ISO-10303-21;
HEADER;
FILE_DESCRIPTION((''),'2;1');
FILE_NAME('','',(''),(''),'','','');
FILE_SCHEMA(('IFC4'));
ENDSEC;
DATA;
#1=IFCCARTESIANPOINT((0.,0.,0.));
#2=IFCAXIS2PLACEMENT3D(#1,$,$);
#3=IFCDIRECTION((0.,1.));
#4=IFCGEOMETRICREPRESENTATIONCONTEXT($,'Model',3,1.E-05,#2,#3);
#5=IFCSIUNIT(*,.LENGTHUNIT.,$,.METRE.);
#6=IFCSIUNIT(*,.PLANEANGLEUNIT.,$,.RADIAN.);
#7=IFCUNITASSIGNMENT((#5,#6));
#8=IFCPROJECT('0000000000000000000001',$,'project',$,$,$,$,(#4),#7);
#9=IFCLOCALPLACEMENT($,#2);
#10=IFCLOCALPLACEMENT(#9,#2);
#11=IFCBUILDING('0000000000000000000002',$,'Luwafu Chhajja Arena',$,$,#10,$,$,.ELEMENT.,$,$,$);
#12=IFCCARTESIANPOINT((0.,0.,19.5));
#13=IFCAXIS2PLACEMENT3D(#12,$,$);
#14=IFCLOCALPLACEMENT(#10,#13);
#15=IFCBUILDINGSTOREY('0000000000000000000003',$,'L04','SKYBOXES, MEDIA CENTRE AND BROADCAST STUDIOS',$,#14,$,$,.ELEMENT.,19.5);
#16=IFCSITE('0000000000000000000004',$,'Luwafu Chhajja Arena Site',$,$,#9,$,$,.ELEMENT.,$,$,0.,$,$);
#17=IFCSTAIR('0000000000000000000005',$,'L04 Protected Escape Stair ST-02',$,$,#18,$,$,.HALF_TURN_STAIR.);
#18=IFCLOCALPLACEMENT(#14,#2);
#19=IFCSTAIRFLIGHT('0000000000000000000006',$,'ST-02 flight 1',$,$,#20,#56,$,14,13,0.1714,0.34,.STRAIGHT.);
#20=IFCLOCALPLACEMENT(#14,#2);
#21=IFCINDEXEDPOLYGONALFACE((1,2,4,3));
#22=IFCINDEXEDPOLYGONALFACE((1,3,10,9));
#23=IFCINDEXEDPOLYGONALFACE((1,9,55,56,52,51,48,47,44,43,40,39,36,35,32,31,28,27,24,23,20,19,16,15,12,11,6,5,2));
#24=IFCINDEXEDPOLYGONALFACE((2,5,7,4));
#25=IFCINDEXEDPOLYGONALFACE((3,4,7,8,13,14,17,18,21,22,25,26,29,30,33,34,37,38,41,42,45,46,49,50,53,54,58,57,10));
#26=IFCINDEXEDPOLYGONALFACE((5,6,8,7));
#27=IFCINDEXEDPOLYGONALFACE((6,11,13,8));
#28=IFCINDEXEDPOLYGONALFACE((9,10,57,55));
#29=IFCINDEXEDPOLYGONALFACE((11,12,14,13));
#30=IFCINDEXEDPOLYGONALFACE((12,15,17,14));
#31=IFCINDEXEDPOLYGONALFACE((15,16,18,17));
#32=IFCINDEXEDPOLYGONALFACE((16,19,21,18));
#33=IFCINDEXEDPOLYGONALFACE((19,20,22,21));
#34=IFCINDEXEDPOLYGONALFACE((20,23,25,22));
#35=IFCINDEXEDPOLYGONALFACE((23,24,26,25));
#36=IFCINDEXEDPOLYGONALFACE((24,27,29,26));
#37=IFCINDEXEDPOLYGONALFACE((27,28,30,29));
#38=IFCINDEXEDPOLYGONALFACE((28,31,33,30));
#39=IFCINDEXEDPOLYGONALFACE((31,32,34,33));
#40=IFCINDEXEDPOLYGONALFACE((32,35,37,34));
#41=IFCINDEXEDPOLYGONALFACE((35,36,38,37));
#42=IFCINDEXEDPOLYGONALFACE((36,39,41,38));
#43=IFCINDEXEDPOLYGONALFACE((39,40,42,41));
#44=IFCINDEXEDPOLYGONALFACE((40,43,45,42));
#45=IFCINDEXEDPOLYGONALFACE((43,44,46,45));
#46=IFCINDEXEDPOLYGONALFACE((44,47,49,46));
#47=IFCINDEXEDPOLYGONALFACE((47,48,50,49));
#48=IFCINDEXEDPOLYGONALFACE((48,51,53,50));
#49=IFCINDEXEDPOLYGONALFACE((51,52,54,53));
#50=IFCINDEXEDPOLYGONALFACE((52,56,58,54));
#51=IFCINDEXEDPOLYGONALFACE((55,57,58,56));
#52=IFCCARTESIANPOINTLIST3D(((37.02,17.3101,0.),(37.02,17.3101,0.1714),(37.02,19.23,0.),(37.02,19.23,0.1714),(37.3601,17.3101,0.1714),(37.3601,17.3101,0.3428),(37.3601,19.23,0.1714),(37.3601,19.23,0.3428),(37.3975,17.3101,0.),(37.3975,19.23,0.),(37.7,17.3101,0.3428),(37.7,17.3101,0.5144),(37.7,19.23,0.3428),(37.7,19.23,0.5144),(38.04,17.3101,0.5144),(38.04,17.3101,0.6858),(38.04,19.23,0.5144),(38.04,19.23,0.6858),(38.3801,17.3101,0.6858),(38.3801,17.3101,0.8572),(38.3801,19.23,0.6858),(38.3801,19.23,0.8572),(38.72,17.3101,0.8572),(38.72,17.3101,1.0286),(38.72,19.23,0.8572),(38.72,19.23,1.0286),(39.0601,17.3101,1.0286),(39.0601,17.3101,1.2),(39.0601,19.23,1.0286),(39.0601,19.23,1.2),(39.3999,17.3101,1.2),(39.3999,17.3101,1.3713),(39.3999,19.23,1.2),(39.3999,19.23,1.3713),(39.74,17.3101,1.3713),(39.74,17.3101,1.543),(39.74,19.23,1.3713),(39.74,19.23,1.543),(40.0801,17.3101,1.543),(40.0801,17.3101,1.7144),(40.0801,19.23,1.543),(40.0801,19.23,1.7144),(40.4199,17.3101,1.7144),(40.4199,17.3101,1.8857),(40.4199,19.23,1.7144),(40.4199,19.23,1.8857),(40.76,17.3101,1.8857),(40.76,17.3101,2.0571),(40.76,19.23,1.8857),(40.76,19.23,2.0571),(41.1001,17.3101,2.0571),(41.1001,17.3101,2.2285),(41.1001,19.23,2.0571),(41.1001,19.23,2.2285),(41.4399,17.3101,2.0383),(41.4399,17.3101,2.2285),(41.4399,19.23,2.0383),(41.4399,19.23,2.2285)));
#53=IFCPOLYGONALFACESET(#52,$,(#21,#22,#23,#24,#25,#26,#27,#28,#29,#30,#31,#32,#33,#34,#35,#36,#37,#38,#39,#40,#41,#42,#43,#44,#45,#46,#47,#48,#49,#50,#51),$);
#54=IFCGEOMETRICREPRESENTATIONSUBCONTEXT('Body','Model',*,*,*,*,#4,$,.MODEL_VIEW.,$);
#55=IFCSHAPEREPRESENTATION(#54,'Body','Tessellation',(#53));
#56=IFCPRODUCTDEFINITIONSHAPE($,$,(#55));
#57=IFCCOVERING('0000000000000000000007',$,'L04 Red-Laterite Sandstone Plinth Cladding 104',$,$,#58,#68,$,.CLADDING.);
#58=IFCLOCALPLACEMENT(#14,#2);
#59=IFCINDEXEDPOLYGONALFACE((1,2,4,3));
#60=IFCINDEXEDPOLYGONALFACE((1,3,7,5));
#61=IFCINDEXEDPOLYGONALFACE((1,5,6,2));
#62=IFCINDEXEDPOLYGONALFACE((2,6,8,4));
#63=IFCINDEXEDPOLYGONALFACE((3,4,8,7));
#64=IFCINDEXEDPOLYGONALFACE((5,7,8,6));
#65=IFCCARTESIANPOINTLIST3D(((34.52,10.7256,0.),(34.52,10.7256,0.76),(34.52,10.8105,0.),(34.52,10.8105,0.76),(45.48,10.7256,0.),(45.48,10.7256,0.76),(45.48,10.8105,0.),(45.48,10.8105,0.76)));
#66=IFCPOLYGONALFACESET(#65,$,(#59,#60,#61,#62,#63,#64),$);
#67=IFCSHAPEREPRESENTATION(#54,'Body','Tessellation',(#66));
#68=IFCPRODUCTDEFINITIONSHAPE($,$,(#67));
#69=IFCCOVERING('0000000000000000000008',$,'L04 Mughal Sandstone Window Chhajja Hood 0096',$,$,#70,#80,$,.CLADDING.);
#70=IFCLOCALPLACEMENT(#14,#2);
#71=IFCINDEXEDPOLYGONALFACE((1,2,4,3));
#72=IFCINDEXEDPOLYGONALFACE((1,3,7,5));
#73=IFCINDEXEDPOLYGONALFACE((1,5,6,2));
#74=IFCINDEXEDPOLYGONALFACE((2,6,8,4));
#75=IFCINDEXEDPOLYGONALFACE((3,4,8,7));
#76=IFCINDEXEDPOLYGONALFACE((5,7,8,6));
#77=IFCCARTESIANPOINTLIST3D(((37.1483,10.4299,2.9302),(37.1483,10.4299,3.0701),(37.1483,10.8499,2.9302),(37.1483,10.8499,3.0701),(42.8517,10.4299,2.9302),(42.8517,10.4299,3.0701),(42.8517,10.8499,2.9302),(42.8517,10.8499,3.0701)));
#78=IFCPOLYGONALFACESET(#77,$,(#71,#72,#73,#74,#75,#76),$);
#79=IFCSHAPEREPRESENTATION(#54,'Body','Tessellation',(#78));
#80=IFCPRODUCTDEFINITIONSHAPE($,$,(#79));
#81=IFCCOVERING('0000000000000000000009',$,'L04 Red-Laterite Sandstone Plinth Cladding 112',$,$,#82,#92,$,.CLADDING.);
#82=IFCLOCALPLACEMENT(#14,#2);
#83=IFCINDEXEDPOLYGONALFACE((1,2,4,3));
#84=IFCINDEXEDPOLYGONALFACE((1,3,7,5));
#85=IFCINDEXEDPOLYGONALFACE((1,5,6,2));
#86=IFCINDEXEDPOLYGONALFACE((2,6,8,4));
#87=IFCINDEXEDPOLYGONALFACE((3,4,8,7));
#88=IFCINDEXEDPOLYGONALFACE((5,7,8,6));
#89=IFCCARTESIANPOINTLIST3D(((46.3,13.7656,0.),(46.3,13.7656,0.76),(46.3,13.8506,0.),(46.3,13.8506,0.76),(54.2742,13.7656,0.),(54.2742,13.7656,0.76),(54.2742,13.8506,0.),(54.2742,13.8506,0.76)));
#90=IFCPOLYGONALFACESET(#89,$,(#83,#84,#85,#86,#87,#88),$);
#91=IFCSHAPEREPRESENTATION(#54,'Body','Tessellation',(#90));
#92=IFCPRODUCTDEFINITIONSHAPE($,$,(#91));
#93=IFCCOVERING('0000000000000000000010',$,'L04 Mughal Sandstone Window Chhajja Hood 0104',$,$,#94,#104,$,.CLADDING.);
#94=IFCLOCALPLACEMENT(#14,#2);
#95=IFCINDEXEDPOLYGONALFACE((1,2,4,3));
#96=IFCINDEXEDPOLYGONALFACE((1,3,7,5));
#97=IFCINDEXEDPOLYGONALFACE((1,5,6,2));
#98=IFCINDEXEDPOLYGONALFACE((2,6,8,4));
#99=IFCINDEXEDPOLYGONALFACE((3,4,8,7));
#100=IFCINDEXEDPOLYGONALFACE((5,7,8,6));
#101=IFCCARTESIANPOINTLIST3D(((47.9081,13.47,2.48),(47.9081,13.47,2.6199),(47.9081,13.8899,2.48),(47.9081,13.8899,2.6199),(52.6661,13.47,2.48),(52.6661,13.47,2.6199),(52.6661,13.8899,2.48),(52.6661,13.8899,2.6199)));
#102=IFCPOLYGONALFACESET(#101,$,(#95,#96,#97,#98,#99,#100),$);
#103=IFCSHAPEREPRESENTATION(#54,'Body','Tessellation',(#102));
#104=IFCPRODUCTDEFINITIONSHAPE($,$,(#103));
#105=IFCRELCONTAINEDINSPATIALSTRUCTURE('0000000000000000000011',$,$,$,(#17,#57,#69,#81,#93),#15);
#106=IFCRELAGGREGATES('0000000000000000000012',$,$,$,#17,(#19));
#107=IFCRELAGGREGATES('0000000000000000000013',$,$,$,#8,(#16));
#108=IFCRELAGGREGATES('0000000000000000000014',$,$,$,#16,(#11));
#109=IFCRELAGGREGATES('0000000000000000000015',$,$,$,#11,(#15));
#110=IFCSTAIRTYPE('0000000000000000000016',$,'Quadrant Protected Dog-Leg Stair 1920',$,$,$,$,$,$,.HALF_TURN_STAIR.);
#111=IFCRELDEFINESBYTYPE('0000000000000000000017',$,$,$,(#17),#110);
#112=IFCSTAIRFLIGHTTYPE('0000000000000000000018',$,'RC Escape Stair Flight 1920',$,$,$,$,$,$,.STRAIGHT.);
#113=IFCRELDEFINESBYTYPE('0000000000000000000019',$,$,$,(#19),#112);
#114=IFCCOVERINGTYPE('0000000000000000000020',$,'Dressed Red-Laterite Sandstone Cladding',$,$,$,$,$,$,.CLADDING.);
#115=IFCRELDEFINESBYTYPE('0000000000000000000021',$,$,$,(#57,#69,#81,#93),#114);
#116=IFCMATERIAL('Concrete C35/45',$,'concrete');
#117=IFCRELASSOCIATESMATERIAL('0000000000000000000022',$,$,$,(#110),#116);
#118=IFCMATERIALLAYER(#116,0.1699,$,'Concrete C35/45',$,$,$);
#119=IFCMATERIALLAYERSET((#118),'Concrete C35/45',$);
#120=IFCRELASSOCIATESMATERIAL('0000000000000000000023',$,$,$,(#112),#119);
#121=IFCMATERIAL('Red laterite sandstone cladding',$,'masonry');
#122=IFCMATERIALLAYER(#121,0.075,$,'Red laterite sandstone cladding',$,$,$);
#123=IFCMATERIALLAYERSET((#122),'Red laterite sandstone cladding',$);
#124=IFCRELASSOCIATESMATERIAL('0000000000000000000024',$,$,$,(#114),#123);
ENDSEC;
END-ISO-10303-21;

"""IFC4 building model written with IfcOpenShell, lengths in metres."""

from ifc_helpers import new_model, si_unit, direction, frame, origin, origin_2d, place, context, subcontext, project, spatial, polyline, rectangle, outline, extrude, material, layer, layer_set, type_object, element, aggregate, save


model = new_model("IFC4")

# Units and contexts
model_context = context("Model", 3, precision=1e-05, world=origin(), true_north=direction((0.0, 1.0)))
body_context = subcontext(model_context, "Body", "Model", "MODEL_VIEW")
ifc_project = project(units=[si_unit("LENGTHUNIT", "METRE"), si_unit("PLANEANGLEUNIT", "RADIAN")], contexts=[model_context])

# Site, building, storey
site_placement = place(None, origin())
site = spatial("IfcSite", under=ifc_project, at=site_placement, Name="Luwafu Chhajja Arena Site", CompositionType="ELEMENT", RefElevation=0.0)
building_placement = place(site_placement, origin())
building = spatial("IfcBuilding", under=site, at=building_placement, Name="Luwafu Chhajja Arena", CompositionType="ELEMENT")
storey_placement = place(building_placement, frame((0.0, 0.0, 19.5)))
storey = spatial("IfcBuildingStorey", under=building, at=storey_placement, Name="L04", Description="SKYBOXES, MEDIA CENTRE AND BROADCAST STUDIOS", CompositionType="ELEMENT", Elevation=19.5)

# Shared definitions
ifc_material_1 = material(Name="Concrete C35/45", Category="concrete")

# Stair, stair flight
stair_type = type_object("IfcStairType", Name="Quadrant Protected Dog-Leg Stair 1920", PredefinedType="HALF_TURN_STAIR", material=ifc_material_1)
ifc_layer_1 = layer(ifc_material_1, 0.1699, Name="Concrete C35/45")
ifc_layer_set_1 = layer_set([ifc_layer_1], Name="Concrete C35/45")
stair_flight_type = type_object("IfcStairFlightType", Name="RC Escape Stair Flight 1920", PredefinedType="STRAIGHT", material=ifc_layer_set_1)
stair_1_placement = place(storey_placement, origin())
stair_1 = element("IfcStair", 1, at=stair_1_placement, inside=storey, type_object=stair_type, Name="L04 Protected Escape Stair ST-02", PredefinedType="HALF_TURN_STAIR")
stair_flight_1_placement = place(storey_placement, frame((37.02, 18.27, 0.0), z_axis=(0.0, 0.0, 1.0), x_axis=(1.0, 0.0, 0.0)))
stair_flight_1 = element("IfcStairFlight", 2, at=stair_flight_1_placement, type_object=stair_flight_type, Name="ST-02 flight 1", NumberOfRisers=14, NumberOfTreads=13, PredefinedType="STRAIGHT", RiserHeight=0.1714, TreadLength=0.34, context=body_context, shape_type="SweptSolid", body=[
    extrude(outline(polyline([(0.0, 0.0), (0.0, 0.1714), (0.3401, 0.1714), (0.3401, 0.3428), (0.6799, 0.3428), (0.6799, 0.5144), (1.02, 0.5144), (1.02, 0.6858), (1.3601, 0.6858), (1.3601, 0.8572), (1.7, 0.8572), (1.7, 1.0286), (2.04, 1.0286), (2.04, 1.2), (2.3799, 1.2), (2.3799, 1.3713), (2.72, 1.3713), (2.72, 1.543), (3.0601, 1.543), (3.0601, 1.7144), (3.3999, 1.7144), (3.3999, 1.8857), (3.74, 1.8857), (3.74, 2.0571), (4.0801, 2.0571), (4.0801, 2.2285), (4.4199, 2.2285), (4.4199, 2.3999), (4.4199, 2.0383), (0.3774, 0.0), (0.0, 0.0)])), frame((0.0, 0.96, 0.0), z_axis=(0.0, -1.0, 0.0), x_axis=(1.0, 0.0, 0.0)), (0.0, 0.0, 1.0), 1.9199),
])
aggregate(stair_1, [stair_flight_1])

# Coverings
ifc_material_2 = material(Name="Red laterite sandstone cladding", Category="masonry")
ifc_layer_2 = layer(ifc_material_2, 0.075, Name="Red laterite sandstone cladding")
ifc_layer_set_2 = layer_set([ifc_layer_2], Name="Red laterite sandstone cladding")
covering_type = type_object("IfcCoveringType", Name="Dressed Red-Laterite Sandstone Cladding", PredefinedType="CLADDING", material=ifc_layer_set_2)
covering_1_placement = place(storey_placement, frame((40.0, 10.7681, 0.0), z_axis=(0.0, 0.0, 1.0), x_axis=(1.0, 0.0, 0.0)))
element("IfcCovering", 3, at=covering_1_placement, inside=storey, type_object=covering_type, Name="L04 Red-Laterite Sandstone Plinth Cladding 104", PredefinedType="CLADDING", context=body_context, shape_type="SweptSolid", body=[
    extrude(rectangle(XDim=10.96, YDim=0.085, at=origin_2d()), origin(), (0.0, 0.0, 1.0), 0.76),
])
covering_2_placement = place(storey_placement, frame((40.0, 10.6399, 2.9302), z_axis=(0.0, 0.0, 1.0), x_axis=(1.0, 0.0, 0.0)))
element("IfcCovering", 4, at=covering_2_placement, inside=storey, type_object=covering_type, Name="L04 Mughal Sandstone Window Chhajja Hood 0096", PredefinedType="CLADDING", context=body_context, shape_type="SweptSolid", body=[
    extrude(rectangle(XDim=5.7034, YDim=0.4199, at=origin_2d()), origin(), (0.0, 0.0, 1.0), 0.1399),
])
covering_3_placement = place(storey_placement, frame((50.2871, 13.8081, 0.0), z_axis=(0.0, 0.0, 1.0), x_axis=(1.0, 0.0, 0.0)))
element("IfcCovering", 5, at=covering_3_placement, inside=storey, type_object=covering_type, Name="L04 Red-Laterite Sandstone Plinth Cladding 112", PredefinedType="CLADDING", context=body_context, shape_type="SweptSolid", body=[
    extrude(rectangle(XDim=7.9741, YDim=0.085, at=origin_2d()), origin(), (0.0, 0.0, 1.0), 0.76),
])
covering_4_placement = place(storey_placement, frame((50.2871, 13.6799, 2.48), z_axis=(0.0, 0.0, 1.0), x_axis=(1.0, 0.0, 0.0)))
element("IfcCovering", 6, at=covering_4_placement, inside=storey, type_object=covering_type, Name="L04 Mughal Sandstone Window Chhajja Hood 0104", PredefinedType="CLADDING", context=body_context, shape_type="SweptSolid", body=[
    extrude(rectangle(XDim=4.7581, YDim=0.4199, at=origin_2d()), origin(), (0.0, 0.0, 1.0), 0.1399),
])

save(model, "model.ifc")
